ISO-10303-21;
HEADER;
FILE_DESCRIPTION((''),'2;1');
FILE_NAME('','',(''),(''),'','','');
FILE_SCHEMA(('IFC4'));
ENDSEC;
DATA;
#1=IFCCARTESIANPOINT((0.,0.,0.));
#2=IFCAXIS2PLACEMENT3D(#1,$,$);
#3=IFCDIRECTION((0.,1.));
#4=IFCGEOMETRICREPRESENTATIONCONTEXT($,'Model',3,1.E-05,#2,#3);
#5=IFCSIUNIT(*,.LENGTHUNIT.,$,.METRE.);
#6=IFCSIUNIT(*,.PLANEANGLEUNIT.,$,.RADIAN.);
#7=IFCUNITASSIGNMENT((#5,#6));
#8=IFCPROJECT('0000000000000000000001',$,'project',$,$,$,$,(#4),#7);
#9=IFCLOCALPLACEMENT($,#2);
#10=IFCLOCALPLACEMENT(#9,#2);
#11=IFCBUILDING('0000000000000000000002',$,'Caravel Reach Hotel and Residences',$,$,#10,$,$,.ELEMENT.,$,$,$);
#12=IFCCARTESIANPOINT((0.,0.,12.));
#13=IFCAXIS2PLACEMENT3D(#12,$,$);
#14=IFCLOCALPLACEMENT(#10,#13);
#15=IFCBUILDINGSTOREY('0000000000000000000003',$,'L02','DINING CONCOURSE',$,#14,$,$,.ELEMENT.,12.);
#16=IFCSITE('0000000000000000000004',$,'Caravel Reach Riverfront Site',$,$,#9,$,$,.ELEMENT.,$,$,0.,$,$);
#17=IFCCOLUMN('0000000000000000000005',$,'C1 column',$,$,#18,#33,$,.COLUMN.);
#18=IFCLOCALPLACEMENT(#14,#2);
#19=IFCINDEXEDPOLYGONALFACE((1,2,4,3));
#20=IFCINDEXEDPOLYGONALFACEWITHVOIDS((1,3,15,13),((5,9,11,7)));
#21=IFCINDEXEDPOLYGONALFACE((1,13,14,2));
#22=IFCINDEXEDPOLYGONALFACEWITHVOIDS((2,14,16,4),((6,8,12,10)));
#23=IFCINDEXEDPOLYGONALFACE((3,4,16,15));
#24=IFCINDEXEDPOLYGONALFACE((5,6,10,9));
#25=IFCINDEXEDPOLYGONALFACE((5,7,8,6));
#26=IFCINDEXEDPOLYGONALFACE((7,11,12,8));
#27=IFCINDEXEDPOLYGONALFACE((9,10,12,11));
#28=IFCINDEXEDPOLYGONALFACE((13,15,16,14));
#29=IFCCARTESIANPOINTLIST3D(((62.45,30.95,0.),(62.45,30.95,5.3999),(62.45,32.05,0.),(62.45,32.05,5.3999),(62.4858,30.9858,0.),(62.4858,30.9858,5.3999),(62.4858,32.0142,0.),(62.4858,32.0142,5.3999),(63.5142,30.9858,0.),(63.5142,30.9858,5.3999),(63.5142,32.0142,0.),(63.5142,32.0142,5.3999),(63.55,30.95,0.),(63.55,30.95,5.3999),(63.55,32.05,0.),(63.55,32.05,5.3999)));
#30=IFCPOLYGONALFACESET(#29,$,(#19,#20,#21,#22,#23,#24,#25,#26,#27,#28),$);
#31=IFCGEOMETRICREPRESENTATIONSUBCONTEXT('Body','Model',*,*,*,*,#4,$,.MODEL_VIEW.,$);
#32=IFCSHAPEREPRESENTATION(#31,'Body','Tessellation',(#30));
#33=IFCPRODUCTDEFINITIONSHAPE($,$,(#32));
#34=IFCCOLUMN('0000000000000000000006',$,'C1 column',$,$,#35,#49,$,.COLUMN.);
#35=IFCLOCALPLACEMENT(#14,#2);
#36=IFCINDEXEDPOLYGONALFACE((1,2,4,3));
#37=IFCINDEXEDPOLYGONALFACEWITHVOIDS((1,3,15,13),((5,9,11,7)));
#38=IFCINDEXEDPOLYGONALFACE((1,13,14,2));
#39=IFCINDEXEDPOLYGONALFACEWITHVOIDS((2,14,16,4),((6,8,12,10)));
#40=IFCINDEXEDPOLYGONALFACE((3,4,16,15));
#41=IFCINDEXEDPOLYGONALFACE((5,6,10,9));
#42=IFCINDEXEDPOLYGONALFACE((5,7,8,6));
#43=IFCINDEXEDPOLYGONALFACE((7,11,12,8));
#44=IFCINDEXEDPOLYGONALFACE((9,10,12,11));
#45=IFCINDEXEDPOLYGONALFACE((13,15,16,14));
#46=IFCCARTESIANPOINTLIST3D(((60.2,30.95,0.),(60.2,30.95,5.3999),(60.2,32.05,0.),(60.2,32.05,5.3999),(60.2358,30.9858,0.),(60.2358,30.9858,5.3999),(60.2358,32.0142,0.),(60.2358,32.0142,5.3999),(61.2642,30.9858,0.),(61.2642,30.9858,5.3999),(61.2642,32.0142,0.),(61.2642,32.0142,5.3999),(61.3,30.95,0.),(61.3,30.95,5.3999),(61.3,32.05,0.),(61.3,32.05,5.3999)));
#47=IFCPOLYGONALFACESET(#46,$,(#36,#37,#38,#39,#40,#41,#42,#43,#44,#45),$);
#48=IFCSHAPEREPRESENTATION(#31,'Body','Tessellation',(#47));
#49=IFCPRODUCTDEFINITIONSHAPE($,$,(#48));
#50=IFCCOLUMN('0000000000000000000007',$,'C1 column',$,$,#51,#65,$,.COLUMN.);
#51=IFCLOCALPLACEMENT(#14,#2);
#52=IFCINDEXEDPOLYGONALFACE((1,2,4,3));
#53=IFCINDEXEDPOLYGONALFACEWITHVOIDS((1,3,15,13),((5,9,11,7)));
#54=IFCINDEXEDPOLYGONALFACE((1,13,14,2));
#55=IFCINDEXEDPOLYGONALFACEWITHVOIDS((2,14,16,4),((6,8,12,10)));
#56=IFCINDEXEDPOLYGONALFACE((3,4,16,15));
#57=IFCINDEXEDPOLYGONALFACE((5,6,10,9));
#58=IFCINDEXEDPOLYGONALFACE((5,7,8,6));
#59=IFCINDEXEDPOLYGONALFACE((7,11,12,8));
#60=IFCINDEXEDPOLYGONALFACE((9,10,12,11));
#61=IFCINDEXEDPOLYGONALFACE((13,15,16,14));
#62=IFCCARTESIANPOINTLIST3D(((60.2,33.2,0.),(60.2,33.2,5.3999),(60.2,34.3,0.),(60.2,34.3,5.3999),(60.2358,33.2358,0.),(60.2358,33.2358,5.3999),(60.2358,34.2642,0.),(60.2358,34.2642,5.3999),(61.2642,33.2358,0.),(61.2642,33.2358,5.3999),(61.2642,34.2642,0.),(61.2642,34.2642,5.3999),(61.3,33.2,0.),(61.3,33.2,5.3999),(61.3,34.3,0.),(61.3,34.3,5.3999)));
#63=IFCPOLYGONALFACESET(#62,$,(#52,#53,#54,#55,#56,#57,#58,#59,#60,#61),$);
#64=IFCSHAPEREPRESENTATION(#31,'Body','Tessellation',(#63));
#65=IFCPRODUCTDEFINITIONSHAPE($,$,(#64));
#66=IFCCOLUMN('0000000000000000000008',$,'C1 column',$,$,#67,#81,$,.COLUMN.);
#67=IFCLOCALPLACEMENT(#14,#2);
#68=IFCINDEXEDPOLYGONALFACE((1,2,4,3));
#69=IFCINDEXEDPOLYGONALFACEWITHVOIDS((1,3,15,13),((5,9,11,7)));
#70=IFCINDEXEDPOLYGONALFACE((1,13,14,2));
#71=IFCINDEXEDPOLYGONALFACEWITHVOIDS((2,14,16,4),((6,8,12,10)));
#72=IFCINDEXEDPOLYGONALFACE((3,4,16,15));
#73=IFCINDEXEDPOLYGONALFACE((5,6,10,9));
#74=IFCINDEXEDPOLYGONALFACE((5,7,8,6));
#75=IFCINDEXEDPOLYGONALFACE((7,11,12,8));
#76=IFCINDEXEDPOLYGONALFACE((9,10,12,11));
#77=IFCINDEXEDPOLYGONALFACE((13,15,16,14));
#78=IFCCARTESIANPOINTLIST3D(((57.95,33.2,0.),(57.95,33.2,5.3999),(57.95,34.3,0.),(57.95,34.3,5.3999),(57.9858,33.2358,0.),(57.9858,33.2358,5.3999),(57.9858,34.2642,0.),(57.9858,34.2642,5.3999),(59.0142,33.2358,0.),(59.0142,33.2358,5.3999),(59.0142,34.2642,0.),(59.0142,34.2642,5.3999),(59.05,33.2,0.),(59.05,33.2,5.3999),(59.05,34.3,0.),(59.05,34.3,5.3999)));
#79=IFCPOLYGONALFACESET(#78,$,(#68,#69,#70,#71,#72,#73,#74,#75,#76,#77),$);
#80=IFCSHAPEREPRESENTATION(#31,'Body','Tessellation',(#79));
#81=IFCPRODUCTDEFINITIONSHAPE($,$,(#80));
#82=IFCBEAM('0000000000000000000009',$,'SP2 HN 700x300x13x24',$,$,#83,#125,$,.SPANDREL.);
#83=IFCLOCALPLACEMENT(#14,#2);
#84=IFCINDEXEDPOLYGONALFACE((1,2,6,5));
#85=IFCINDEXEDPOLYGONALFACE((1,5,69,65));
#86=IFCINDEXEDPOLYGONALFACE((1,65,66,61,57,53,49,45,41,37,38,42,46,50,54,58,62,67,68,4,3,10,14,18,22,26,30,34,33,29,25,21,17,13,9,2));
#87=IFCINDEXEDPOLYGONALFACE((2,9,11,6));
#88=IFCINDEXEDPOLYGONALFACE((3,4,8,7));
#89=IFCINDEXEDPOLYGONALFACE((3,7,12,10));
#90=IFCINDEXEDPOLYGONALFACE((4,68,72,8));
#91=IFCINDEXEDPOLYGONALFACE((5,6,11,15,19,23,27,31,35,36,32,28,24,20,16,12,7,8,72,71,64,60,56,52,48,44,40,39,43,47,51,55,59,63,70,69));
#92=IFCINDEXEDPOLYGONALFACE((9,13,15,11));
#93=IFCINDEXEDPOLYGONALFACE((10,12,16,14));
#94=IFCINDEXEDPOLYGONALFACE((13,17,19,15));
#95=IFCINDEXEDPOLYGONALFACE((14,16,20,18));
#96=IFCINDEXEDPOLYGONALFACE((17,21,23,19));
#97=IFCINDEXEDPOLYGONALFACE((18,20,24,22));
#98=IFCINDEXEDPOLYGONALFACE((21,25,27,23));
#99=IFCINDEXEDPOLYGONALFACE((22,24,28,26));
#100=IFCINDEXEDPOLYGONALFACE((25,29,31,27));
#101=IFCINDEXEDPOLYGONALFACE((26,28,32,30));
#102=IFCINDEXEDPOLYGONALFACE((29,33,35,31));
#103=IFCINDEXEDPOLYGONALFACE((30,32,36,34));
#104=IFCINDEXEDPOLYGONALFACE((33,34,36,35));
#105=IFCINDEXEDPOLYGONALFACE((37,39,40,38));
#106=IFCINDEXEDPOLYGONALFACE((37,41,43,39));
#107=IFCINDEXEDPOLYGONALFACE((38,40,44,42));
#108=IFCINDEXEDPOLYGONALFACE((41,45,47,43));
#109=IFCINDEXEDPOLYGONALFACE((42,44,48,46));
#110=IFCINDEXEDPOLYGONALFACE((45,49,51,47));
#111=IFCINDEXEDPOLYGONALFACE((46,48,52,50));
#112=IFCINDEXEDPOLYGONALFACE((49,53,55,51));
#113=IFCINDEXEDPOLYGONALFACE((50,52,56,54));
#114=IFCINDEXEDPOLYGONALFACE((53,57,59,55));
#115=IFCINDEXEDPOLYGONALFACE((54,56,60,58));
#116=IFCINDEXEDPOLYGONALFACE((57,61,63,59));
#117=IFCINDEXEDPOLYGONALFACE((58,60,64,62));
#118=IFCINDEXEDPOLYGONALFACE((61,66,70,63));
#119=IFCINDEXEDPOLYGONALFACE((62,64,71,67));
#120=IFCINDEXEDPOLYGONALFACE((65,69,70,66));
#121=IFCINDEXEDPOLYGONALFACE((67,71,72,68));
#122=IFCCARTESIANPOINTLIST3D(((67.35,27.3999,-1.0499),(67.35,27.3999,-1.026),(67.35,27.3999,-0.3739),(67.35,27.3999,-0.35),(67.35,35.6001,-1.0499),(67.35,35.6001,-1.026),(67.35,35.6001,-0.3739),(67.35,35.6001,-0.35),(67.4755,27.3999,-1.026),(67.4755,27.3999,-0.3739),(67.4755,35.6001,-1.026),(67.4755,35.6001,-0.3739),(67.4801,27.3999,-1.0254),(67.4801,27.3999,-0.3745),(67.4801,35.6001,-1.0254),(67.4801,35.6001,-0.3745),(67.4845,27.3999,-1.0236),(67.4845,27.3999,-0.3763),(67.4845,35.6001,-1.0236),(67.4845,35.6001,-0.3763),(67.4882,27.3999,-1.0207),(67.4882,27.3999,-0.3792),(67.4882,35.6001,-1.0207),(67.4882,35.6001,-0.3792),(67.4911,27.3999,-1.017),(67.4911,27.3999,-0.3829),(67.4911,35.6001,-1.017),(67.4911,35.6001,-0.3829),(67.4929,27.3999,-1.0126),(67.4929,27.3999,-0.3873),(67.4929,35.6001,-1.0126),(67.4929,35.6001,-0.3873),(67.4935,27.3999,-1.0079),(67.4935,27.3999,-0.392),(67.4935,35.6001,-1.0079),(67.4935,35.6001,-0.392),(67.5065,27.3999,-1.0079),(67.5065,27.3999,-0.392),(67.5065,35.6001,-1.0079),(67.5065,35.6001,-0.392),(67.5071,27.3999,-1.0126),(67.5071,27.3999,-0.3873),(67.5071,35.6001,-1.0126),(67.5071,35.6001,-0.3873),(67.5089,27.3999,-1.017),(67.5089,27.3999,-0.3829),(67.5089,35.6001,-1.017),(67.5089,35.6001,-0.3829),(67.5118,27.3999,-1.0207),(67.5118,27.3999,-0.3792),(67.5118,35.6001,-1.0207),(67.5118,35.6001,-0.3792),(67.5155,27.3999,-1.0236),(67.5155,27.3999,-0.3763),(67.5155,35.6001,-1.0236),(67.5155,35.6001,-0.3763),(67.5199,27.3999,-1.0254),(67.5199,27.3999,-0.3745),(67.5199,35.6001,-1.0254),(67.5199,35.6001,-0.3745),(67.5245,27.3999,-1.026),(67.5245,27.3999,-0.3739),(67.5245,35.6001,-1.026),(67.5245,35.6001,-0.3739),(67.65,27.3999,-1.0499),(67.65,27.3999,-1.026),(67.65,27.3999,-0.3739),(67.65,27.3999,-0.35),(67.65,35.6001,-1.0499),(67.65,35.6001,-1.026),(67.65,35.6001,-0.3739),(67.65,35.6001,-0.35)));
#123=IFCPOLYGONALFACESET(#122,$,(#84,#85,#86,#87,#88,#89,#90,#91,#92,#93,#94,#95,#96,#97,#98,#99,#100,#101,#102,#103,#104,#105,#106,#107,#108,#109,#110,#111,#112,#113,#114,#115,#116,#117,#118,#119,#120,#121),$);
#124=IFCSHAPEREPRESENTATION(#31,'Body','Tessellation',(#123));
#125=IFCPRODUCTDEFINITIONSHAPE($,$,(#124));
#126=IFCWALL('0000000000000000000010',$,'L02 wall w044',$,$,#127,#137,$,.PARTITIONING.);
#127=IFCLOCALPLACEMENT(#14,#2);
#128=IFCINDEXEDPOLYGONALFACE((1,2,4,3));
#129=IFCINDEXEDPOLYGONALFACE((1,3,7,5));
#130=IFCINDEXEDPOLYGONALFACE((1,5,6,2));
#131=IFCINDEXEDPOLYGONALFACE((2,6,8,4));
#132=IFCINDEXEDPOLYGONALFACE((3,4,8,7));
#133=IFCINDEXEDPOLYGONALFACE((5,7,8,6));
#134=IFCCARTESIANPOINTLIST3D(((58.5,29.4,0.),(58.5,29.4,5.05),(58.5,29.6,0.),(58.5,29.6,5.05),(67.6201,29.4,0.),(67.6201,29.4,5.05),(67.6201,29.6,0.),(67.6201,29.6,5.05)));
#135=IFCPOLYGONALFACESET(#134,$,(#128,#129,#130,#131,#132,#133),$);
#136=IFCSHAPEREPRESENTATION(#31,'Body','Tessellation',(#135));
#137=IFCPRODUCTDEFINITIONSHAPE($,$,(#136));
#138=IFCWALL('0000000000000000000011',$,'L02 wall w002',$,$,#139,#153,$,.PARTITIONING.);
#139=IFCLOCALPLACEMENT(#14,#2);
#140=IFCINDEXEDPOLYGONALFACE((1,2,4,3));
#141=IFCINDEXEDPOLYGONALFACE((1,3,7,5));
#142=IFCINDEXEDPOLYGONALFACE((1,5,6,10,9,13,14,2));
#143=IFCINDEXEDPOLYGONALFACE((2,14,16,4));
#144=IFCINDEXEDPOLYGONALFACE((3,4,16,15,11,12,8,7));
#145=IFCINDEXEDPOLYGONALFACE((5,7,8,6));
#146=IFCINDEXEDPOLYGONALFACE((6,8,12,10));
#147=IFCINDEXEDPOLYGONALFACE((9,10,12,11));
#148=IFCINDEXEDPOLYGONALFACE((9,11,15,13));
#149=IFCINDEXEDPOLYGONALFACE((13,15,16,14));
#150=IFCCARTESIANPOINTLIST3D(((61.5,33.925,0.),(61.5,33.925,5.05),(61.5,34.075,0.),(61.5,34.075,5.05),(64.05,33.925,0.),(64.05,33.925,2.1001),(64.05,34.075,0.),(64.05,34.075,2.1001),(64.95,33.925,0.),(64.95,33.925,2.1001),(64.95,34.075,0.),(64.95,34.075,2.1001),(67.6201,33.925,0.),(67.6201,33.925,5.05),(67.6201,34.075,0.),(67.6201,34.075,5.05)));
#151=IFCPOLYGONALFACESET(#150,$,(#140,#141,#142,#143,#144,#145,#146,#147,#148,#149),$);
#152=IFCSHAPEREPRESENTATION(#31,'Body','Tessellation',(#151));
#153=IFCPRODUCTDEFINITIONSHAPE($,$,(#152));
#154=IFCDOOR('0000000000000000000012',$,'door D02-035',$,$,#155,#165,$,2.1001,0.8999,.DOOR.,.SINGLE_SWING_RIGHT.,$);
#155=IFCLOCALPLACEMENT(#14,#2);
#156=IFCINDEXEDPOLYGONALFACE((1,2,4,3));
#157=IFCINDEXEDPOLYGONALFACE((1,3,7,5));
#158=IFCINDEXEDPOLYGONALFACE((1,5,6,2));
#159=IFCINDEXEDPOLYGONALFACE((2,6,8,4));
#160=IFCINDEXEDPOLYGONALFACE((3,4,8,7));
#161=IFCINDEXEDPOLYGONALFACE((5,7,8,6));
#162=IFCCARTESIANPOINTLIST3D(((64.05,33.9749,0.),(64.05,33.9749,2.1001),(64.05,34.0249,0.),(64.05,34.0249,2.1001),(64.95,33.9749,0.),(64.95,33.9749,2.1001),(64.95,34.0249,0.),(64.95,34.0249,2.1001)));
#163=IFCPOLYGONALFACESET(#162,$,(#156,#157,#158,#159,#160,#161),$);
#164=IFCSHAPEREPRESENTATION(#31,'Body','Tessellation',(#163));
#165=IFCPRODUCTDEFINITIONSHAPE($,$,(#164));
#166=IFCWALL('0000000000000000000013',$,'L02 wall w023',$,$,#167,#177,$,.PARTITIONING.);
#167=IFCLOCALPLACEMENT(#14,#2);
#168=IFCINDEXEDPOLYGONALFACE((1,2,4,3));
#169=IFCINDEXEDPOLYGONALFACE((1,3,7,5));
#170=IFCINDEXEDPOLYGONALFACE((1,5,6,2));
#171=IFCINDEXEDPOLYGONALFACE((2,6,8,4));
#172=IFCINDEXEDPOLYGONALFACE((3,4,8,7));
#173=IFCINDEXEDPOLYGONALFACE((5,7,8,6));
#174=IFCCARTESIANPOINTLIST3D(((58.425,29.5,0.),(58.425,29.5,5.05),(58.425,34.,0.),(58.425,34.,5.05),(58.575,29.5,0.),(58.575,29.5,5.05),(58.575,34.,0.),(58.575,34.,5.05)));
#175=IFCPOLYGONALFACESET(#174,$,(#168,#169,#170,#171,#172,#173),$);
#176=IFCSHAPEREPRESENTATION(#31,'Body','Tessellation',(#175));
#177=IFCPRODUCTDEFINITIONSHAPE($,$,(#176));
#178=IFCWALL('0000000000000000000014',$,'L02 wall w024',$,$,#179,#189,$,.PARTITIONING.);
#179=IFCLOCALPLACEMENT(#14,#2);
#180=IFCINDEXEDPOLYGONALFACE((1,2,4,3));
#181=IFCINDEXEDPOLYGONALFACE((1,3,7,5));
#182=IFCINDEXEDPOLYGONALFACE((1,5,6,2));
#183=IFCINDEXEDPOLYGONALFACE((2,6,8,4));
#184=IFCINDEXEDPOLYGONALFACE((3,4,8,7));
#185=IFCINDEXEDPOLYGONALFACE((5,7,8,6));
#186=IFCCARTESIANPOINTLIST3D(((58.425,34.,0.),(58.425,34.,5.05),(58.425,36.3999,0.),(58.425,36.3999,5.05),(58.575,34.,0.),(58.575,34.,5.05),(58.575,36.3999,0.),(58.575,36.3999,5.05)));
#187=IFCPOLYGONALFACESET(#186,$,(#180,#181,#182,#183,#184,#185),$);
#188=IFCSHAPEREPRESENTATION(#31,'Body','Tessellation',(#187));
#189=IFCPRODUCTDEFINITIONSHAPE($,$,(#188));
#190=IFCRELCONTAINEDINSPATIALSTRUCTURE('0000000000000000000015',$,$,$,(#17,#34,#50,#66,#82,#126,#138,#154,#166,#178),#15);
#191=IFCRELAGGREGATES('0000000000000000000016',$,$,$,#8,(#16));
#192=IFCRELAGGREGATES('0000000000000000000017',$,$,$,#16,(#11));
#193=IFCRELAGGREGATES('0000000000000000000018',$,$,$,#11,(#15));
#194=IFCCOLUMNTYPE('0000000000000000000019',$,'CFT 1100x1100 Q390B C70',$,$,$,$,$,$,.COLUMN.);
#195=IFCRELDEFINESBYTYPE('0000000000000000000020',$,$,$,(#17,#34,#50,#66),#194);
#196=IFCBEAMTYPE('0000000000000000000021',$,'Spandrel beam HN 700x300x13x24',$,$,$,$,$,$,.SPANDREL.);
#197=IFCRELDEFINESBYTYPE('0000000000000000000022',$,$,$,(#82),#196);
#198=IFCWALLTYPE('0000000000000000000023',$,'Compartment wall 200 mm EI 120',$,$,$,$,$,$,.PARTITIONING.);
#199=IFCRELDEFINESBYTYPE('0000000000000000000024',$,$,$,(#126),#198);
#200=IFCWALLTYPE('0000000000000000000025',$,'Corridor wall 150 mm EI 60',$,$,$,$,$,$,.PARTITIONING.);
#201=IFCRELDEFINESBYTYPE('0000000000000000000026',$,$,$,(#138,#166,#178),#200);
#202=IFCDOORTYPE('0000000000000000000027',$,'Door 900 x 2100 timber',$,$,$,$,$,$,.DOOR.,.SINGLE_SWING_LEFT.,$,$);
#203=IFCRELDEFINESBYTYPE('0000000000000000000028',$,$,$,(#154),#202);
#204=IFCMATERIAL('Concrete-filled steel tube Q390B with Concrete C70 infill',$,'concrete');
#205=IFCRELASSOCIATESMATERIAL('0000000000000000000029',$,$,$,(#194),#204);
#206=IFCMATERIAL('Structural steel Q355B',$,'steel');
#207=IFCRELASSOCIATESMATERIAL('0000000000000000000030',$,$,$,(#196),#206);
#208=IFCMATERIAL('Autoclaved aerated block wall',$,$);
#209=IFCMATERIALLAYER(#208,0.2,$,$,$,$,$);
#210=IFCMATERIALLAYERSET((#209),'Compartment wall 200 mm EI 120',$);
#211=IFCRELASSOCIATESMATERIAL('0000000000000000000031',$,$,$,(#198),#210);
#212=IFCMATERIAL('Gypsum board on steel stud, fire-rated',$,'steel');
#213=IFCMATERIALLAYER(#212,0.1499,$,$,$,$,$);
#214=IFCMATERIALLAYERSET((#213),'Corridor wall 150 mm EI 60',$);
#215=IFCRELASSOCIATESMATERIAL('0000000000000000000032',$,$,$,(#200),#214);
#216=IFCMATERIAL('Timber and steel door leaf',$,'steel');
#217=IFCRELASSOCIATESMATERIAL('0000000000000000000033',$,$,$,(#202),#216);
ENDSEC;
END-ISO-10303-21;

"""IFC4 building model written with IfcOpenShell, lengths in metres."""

from ifc_helpers import new_model, si_unit, direction, frame, frame_2d, origin, origin_2d, place, context, subcontext, project, spatial, rectangle, hollow_rectangle, i_section, extrude, material, layer, layer_set, material_profile, profile_set, type_object, element, fill, save


model = new_model("IFC4")

# Units and contexts
model_context = context("Model", 3, precision=1e-05, world=origin(), true_north=direction((0.0, 1.0)))
body_context = subcontext(model_context, "Body", "Model", "MODEL_VIEW")
ifc_project = project(units=[si_unit("LENGTHUNIT", "METRE"), si_unit("PLANEANGLEUNIT", "RADIAN")], contexts=[model_context])

# Site, building, storey
site_placement = place(None, origin())
site = spatial("IfcSite", under=ifc_project, at=site_placement, Name="Caravel Reach Riverfront Site", CompositionType="ELEMENT", RefElevation=0.0)
building_placement = place(site_placement, origin())
building = spatial("IfcBuilding", under=site, at=building_placement, Name="Caravel Reach Hotel and Residences", CompositionType="ELEMENT")
storey_placement = place(building_placement, frame((0.0, 0.0, 12.0)))
storey = spatial("IfcBuildingStorey", under=building, at=storey_placement, Name="L02", Description="DINING CONCOURSE", CompositionType="ELEMENT", Elevation=12.0)

# Columns
ifc_material_1 = material(Name="Concrete-filled steel tube Q390B with Concrete C70 infill", Category="concrete")
ifc_material_profile_1 = material_profile(ifc_material_1, hollow_rectangle(XDim=1.1001, YDim=1.1001, WallThickness=0.0359, at=origin_2d()), Name="RHS 1100x1100x36")
ifc_profile_set_1 = profile_set([ifc_material_profile_1], Name="Concrete-filled steel tube Q390B with Concrete C70 infill")
column_type = type_object("IfcColumnType", Name="CFT 1100x1100 Q390B C70", PredefinedType="COLUMN", material=ifc_profile_set_1)
for number, where, z_axis, x_axis, name in (
    (1, (63.0, 31.5, 0.0), (0.0, 0.0, 1.0), (1.0, 0.0, 0.0), "C1 column"),
    (2, (60.75, 31.5, 0.0), (0.0, 0.0, 1.0), (1.0, 0.0, 0.0), "C1 column"),
    (3, (60.75, 33.75, 0.0), (0.0, 0.0, 1.0), (1.0, 0.0, 0.0), "C1 column"),
    (4, (58.5, 33.75, 0.0), (0.0, 0.0, 1.0), (1.0, 0.0, 0.0), "C1 column"),
):
    element("IfcColumn", number, at=place(storey_placement, frame(where, z_axis=z_axis, x_axis=x_axis)), inside=storey, type_object=column_type, Name=name, PredefinedType="COLUMN", context=body_context, shape_type="SweptSolid", body=[
        extrude(hollow_rectangle(XDim=1.1001, YDim=1.1001, WallThickness=0.0359, at=origin_2d()), origin(), (0.0, 0.0, 1.0), 5.3999),
    ])

# Beam
ifc_material_2 = material(Name="Structural steel Q355B", Category="steel")
ifc_material_profile_2 = material_profile(ifc_material_2, i_section(OverallWidth=0.3, OverallDepth=0.7, WebThickness=0.0129, FlangeThickness=0.0239, FilletRadius=0.0181, at=origin_2d()), Name="HN 700x300x13x24")
ifc_profile_set_2 = profile_set([ifc_material_profile_2], Name="Structural steel Q355B")
beam_type = type_object("IfcBeamType", Name="Spandrel beam HN 700x300x13x24", PredefinedType="SPANDREL", material=ifc_profile_set_2)
beam_placement = place(storey_placement, frame((67.5, 27.3999, -0.7), z_axis=(0.0, 1.0, 0.0), x_axis=(-1.0, 0.0, 0.0)))
element("IfcBeam", 5, at=beam_placement, inside=storey, type_object=beam_type, Name="SP2 HN 700x300x13x24", PredefinedType="SPANDREL", context=body_context, shape_type="SweptSolid", body=[
    extrude(i_section(OverallWidth=0.3, OverallDepth=0.7, WebThickness=0.0129, FlangeThickness=0.0239, FilletRadius=0.0181, at=origin_2d()), origin(), (0.0, 0.0, 1.0), 8.2002),
])

# Wall
ifc_material_3 = material(Name="Autoclaved aerated block wall")
ifc_layer_1 = layer(ifc_material_3, 0.2)
ifc_layer_set_1 = layer_set([ifc_layer_1], Name="Compartment wall 200 mm EI 120")
wall_type_1 = type_object("IfcWallType", Name="Compartment wall 200 mm EI 120", PredefinedType="PARTITIONING", material=ifc_layer_set_1)
wall_1_placement = place(storey_placement, frame((58.5, 29.5, 0.0), z_axis=(0.0, 0.0, 1.0), x_axis=(1.0, 0.0, 0.0)))
element("IfcWall", 6, at=wall_1_placement, inside=storey, type_object=wall_type_1, Name="L02 wall w044", PredefinedType="PARTITIONING", context=body_context, shape_type="SweptSolid", body=[
    extrude(rectangle(XDim=9.1201, YDim=0.2, at=frame_2d((4.5601, 0.0))), origin(), (0.0, 0.0, 1.0), 5.05),
])

# Wall, opening, door
ifc_material_4 = material(Name="Gypsum board on steel stud, fire-rated", Category="steel")
ifc_layer_2 = layer(ifc_material_4, 0.1499)
ifc_layer_set_2 = layer_set([ifc_layer_2], Name="Corridor wall 150 mm EI 60")
wall_type_2 = type_object("IfcWallType", Name="Corridor wall 150 mm EI 60", PredefinedType="PARTITIONING", material=ifc_layer_set_2)
wall_2_placement = place(storey_placement, frame((61.5, 34.0, 0.0), z_axis=(0.0, 0.0, 1.0), x_axis=(1.0, 0.0, 0.0)))
wall_2 = element("IfcWall", 7, at=wall_2_placement, inside=storey, type_object=wall_type_2, Name="L02 wall w002", PredefinedType="PARTITIONING", context=body_context, shape_type="SweptSolid", body=[
    extrude(rectangle(XDim=6.1201, YDim=0.1499, at=frame_2d((3.0601, 0.0))), origin(), (0.0, 0.0, 1.0), 5.05),
])
opening_1_placement = place(wall_2_placement, frame((2.55, 0.0, 0.0)))
opening_1 = element("IfcOpeningElement", 8, at=opening_1_placement, cuts=wall_2, PredefinedType="OPENING", context=body_context, shape_type="SweptSolid", body=[
    extrude(rectangle(XDim=0.8999, YDim=2.1001, at=frame_2d((0.45, 1.05))), frame((0.0, 0.085, 0.0), z_axis=(0.0, -1.0, 0.0), x_axis=(1.0, 0.0, 0.0)), (0.0, 0.0, 1.0), 0.1699),
])
ifc_material_5 = material(Name="Timber and steel door leaf", Category="steel")
door_type_1 = type_object("IfcDoorType", Name="Door 900 x 2100 timber", OperationType="SINGLE_SWING_LEFT", PredefinedType="DOOR", material=ifc_material_5)
door_1_placement = place(opening_1_placement, origin())
door_1 = element("IfcDoor", 9, at=door_1_placement, inside=storey, type_object=door_type_1, Name="door D02-035", OperationType="SINGLE_SWING_RIGHT", OverallHeight=2.1001, OverallWidth=0.8999, PredefinedType="DOOR", context=body_context, shape_type="SweptSolid", body=[
    extrude(rectangle(XDim=0.8999, YDim=2.1001, at=frame_2d((0.45, 1.05))), frame((0.0, 0.0249, 0.0), z_axis=(0.0, -1.0, 0.0), x_axis=(1.0, 0.0, 0.0)), (0.0, 0.0, 1.0), 0.05),
])
fill(opening_1, door_1)

# Walls
wall_3_placement = place(storey_placement, frame((58.5, 29.5, 0.0), z_axis=(0.0, 0.0, 1.0), x_axis=(0.0, 1.0, 0.0)))
element("IfcWall", 10, at=wall_3_placement, inside=storey, type_object=wall_type_2, Name="L02 wall w023", PredefinedType="PARTITIONING", context=body_context, shape_type="SweptSolid", body=[
    extrude(rectangle(XDim=4.5, YDim=0.1499, at=frame_2d((2.25, 0.0))), origin(), (0.0, 0.0, 1.0), 5.05),
])
wall_4_placement = place(storey_placement, frame((58.5, 34.0, 0.0), z_axis=(0.0, 0.0, 1.0), x_axis=(0.0, 1.0, 0.0)))
element("IfcWall", 11, at=wall_4_placement, inside=storey, type_object=wall_type_2, Name="L02 wall w024", PredefinedType="PARTITIONING", context=body_context, shape_type="SweptSolid", body=[
    extrude(rectangle(XDim=2.3999, YDim=0.1499, at=frame_2d((1.2, 0.0))), origin(), (0.0, 0.0, 1.0), 5.05),
])

save(model, "model.ifc")
